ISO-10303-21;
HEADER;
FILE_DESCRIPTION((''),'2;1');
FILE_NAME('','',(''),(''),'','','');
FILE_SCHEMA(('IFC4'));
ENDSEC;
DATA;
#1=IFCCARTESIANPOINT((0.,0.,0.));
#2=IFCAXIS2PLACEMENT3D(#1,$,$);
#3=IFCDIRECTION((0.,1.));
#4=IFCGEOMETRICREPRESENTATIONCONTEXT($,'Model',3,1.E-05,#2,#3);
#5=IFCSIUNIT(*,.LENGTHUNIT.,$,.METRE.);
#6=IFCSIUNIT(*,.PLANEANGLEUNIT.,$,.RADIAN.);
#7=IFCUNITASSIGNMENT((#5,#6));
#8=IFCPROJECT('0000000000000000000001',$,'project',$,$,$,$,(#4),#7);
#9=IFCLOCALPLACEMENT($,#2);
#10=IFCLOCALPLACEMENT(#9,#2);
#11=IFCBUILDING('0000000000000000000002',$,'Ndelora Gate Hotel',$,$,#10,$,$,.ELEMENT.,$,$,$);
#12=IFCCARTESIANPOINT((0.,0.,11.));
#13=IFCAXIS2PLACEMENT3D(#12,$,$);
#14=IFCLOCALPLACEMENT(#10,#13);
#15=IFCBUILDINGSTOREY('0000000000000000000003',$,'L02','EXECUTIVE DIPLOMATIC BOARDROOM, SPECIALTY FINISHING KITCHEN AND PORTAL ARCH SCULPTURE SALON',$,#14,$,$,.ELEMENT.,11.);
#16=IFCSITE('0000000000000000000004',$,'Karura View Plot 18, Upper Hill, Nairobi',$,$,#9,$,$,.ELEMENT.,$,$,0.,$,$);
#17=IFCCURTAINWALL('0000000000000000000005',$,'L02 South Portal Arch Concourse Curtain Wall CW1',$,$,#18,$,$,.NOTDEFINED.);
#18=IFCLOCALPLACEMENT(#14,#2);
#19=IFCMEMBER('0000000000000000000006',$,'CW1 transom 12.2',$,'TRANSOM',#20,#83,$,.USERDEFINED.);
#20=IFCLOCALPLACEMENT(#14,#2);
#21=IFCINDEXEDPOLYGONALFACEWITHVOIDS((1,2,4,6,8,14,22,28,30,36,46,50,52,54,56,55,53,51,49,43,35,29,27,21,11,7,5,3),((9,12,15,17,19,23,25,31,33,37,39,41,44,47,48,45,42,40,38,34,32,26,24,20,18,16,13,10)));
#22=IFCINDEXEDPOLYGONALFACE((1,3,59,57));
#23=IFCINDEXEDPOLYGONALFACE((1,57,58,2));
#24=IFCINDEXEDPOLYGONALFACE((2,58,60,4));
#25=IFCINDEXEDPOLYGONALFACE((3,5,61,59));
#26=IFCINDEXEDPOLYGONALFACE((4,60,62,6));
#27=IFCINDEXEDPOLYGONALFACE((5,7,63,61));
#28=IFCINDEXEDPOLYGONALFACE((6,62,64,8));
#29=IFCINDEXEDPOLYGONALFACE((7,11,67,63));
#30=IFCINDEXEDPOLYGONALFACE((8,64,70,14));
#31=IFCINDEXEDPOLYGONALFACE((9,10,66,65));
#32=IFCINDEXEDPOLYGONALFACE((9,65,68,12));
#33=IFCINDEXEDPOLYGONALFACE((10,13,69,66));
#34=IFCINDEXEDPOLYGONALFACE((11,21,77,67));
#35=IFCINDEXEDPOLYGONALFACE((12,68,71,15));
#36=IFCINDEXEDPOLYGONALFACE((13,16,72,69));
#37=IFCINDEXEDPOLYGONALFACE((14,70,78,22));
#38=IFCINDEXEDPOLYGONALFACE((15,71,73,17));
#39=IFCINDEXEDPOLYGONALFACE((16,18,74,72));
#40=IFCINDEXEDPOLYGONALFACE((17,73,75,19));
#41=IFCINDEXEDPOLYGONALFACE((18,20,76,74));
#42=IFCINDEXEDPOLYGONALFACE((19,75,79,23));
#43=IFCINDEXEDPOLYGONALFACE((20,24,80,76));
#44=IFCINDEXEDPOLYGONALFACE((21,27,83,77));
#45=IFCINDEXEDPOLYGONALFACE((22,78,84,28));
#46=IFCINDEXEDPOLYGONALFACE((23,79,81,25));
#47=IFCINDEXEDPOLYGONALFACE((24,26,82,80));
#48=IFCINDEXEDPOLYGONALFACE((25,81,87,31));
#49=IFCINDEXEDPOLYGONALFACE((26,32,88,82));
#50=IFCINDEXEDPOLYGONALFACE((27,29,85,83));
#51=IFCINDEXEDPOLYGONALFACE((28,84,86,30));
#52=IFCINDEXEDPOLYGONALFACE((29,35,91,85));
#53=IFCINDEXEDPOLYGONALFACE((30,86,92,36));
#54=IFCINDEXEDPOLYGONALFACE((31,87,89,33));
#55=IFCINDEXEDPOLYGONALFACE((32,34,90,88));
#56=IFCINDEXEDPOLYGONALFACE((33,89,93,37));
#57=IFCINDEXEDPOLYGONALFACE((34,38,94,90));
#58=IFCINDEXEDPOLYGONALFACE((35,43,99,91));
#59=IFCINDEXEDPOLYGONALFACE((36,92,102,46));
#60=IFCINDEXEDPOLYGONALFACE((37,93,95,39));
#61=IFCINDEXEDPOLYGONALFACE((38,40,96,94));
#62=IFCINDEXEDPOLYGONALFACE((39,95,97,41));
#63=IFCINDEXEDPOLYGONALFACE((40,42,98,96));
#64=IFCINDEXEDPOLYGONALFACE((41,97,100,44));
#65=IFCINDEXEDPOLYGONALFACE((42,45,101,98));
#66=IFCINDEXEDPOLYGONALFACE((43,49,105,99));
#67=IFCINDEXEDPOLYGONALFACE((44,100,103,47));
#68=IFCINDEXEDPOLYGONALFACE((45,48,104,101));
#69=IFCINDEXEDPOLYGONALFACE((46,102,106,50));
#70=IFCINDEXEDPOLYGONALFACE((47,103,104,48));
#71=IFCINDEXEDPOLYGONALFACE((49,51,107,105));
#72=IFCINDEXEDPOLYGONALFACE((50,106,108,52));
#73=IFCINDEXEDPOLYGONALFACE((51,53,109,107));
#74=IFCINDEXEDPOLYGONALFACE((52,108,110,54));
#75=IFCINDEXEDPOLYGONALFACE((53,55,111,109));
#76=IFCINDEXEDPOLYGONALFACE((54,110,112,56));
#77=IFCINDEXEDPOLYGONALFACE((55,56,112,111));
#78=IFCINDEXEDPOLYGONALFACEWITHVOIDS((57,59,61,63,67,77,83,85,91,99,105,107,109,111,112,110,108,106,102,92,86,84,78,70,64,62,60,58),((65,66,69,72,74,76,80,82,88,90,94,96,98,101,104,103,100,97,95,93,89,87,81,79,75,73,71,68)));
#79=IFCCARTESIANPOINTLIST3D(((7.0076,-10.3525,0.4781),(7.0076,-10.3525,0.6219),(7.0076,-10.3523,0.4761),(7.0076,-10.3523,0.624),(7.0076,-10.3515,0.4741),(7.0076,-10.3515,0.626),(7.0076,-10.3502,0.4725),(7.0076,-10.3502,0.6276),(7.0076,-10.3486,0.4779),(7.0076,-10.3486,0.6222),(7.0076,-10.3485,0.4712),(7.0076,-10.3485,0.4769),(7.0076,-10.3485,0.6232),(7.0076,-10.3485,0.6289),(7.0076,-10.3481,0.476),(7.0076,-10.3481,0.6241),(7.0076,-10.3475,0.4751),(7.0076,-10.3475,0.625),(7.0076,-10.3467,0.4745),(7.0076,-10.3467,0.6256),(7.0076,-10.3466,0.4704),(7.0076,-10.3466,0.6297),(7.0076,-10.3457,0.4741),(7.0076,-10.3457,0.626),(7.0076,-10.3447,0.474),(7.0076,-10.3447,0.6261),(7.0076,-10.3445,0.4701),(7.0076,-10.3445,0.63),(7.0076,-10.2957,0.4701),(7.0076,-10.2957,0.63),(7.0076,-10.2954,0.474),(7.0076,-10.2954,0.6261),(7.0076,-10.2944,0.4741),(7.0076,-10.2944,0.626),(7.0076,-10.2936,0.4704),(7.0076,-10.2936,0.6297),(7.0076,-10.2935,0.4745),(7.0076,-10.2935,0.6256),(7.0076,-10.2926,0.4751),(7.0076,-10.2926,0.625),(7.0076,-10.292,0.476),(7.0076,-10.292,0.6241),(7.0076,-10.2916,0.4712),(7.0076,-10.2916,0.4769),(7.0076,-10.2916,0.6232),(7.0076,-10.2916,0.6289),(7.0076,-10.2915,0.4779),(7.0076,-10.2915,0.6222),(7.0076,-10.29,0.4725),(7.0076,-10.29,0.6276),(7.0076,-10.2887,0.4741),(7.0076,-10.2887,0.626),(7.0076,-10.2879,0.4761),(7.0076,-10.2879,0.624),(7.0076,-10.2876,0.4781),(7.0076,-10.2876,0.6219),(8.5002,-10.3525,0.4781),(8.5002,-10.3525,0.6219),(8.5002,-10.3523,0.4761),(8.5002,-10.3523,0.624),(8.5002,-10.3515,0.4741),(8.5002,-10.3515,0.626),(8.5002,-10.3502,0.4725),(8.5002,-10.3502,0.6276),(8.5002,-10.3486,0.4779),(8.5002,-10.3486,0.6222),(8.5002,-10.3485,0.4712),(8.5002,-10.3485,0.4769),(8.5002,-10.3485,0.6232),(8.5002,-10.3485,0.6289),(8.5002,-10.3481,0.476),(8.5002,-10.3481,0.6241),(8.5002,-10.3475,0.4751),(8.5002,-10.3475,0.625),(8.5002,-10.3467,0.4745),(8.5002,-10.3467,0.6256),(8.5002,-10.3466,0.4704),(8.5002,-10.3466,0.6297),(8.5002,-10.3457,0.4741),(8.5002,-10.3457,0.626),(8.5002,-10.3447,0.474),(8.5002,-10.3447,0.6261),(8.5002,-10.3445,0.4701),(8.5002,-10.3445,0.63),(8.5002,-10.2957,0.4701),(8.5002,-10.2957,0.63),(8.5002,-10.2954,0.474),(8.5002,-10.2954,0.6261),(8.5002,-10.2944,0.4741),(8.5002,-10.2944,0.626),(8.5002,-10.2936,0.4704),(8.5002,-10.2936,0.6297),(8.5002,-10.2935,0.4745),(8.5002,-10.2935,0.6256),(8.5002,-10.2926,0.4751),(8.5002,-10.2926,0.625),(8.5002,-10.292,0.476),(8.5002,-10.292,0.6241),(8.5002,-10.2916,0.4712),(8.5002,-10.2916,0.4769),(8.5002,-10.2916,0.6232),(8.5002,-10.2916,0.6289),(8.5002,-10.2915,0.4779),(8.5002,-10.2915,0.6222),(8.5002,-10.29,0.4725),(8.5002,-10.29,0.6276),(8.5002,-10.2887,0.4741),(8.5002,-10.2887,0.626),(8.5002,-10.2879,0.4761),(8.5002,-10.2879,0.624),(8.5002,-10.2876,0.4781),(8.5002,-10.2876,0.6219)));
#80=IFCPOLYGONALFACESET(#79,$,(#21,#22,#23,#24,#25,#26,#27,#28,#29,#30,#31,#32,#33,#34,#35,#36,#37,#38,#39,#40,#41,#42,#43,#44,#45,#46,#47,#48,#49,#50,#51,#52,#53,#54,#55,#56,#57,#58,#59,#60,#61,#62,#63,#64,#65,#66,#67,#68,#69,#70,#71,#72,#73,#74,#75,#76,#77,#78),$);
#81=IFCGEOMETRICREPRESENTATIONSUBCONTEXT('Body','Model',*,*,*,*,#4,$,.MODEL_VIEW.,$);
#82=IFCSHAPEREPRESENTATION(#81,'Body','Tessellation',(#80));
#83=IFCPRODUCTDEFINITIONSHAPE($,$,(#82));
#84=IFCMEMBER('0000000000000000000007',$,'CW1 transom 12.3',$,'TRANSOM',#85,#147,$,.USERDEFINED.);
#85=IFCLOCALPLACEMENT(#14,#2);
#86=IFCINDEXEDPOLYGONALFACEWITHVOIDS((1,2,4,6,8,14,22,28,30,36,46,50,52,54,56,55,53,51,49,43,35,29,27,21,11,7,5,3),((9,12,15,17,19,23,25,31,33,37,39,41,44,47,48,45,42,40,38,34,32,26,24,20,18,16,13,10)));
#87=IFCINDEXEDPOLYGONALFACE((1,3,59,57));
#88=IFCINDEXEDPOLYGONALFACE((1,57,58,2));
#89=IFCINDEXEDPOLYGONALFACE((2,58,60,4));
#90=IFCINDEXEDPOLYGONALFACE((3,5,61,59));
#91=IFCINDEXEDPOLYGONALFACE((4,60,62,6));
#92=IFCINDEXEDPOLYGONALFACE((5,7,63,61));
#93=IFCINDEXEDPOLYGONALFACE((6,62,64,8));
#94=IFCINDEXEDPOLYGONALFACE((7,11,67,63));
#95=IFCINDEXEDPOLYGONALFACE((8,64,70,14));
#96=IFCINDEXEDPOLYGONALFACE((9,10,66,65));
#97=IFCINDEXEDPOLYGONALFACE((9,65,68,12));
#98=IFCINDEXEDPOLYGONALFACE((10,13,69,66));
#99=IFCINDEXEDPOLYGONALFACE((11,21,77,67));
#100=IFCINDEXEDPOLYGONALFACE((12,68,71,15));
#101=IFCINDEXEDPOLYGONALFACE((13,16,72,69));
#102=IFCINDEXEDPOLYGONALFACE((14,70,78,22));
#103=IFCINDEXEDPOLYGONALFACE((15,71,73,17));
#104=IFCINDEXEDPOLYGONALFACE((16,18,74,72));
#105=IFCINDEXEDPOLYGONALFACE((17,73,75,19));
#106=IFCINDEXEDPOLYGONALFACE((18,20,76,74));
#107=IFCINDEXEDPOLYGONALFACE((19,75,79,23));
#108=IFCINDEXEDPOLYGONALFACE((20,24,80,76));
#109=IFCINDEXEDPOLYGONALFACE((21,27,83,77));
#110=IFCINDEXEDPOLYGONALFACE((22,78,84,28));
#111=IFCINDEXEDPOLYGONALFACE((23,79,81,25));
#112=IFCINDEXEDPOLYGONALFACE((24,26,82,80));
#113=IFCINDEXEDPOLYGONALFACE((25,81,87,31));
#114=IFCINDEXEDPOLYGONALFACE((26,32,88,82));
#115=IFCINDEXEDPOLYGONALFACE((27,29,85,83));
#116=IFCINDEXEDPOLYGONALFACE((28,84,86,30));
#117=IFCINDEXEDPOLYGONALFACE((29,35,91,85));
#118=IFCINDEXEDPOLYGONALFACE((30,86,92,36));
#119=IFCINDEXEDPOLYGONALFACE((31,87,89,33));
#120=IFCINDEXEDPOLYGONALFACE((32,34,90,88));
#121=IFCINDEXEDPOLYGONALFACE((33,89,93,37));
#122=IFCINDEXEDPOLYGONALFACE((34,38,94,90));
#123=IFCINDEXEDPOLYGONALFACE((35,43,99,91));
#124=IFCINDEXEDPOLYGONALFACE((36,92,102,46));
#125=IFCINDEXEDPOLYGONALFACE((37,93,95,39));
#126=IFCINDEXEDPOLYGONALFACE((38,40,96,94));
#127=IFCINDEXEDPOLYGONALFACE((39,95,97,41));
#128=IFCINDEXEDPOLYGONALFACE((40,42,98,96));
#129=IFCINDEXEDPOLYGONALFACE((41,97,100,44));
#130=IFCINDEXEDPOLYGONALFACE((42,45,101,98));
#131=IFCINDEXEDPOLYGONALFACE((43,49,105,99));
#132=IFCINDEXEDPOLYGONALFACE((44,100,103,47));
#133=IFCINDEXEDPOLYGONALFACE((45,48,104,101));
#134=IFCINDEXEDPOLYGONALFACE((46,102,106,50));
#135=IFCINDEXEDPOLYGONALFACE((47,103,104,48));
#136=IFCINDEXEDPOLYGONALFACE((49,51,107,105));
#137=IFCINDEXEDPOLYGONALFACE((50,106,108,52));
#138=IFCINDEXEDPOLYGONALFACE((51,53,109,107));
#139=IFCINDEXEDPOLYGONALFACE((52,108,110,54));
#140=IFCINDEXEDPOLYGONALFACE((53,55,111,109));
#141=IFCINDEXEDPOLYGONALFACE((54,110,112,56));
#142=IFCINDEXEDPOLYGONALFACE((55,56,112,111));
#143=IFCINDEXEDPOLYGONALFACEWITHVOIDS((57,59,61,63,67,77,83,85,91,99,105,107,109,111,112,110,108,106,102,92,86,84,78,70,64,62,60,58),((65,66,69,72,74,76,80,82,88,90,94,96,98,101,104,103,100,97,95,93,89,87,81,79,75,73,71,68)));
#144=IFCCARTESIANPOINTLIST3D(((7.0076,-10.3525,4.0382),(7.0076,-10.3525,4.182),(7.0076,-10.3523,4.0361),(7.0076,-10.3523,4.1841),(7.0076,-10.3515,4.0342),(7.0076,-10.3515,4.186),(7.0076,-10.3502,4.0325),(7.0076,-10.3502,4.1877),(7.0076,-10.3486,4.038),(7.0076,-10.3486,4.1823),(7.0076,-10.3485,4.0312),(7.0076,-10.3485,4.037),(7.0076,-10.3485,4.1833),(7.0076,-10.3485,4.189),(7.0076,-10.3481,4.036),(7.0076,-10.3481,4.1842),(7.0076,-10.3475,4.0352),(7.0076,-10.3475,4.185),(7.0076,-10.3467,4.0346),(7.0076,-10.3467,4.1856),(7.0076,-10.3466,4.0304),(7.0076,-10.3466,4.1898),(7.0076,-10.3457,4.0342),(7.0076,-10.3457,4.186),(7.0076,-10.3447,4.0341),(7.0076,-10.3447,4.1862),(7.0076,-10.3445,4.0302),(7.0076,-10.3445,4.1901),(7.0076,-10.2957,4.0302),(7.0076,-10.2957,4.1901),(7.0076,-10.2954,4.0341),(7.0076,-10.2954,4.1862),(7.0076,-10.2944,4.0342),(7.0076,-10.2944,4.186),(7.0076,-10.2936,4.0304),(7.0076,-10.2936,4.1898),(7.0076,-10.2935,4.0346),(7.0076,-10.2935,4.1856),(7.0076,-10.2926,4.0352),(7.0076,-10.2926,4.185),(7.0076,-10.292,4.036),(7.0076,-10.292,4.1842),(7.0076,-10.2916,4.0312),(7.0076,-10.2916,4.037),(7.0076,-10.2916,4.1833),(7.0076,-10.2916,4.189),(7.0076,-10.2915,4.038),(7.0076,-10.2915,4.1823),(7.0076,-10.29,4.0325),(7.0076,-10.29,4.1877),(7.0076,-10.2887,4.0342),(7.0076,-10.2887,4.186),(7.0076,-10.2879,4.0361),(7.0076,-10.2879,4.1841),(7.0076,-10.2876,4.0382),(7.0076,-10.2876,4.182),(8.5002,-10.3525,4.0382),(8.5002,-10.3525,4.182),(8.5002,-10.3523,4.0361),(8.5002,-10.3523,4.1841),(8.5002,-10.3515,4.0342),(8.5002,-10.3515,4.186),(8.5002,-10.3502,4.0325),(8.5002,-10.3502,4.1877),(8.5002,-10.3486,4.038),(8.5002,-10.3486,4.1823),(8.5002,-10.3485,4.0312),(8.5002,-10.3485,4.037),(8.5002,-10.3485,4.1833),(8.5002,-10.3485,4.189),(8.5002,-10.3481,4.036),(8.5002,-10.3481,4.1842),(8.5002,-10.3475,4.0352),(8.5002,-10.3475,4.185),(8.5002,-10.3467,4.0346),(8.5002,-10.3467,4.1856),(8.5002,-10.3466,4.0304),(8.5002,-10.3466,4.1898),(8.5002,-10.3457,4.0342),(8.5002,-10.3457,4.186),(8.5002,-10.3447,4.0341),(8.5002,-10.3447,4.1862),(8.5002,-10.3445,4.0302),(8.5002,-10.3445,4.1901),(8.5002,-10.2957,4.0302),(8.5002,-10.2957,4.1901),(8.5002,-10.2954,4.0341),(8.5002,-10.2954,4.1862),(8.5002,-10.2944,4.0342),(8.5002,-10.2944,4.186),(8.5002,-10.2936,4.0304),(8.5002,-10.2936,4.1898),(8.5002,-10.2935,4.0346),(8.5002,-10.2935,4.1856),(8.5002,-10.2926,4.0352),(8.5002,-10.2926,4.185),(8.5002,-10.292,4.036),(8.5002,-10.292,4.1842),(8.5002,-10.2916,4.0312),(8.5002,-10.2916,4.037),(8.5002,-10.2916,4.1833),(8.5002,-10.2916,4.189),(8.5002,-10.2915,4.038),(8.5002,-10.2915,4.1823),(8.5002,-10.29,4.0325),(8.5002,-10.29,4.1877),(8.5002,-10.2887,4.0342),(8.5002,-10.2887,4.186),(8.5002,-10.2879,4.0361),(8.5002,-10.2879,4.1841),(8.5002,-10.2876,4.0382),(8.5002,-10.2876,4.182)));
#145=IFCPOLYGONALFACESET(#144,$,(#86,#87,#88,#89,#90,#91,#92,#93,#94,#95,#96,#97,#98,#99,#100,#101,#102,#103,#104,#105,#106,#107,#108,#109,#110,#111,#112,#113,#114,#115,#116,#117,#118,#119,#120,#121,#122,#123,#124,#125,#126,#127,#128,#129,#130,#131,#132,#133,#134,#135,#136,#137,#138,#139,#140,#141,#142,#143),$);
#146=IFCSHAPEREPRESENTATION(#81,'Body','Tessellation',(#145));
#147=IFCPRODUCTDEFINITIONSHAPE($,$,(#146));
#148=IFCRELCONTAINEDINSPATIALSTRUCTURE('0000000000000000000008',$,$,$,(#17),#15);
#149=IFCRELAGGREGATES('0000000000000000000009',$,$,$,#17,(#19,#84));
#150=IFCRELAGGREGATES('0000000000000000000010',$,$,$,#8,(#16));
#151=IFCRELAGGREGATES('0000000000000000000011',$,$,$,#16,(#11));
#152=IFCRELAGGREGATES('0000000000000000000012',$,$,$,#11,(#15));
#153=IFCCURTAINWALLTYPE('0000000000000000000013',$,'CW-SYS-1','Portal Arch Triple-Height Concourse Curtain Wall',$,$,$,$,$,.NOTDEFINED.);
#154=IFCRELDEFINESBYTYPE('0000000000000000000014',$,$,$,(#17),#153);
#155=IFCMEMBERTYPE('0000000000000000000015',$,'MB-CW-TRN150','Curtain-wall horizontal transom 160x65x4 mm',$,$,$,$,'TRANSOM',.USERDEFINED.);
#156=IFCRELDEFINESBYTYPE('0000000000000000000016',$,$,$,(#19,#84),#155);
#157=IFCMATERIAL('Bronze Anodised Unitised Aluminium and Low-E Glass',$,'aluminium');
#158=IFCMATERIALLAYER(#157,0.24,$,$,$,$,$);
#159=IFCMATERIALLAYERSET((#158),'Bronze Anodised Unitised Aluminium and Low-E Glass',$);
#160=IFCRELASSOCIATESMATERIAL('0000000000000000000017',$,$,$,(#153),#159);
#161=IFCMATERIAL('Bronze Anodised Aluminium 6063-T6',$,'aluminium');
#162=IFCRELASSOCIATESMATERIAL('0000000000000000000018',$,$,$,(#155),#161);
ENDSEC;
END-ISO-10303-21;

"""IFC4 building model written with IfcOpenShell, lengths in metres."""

from ifc_helpers import new_model, si_unit, direction, frame, origin, origin_2d, place, context, subcontext, project, spatial, hollow_rectangle, extrude, material, layer, layer_set, material_profile, profile_set, type_object, element, aggregate, save


model = new_model("IFC4")

# Units and contexts
model_context = context("Model", 3, precision=1e-05, world=origin(), true_north=direction((0.0, 1.0)))
body_context = subcontext(model_context, "Body", "Model", "MODEL_VIEW")
ifc_project = project(units=[si_unit("LENGTHUNIT", "METRE"), si_unit("PLANEANGLEUNIT", "RADIAN")], contexts=[model_context])

# Site, building, storey
site_placement = place(None, origin())
site = spatial("IfcSite", under=ifc_project, at=site_placement, Name="Karura View Plot 18, Upper Hill, Nairobi", CompositionType="ELEMENT", RefElevation=0.0)
building_placement = place(site_placement, origin())
building = spatial("IfcBuilding", under=site, at=building_placement, Name="Ndelora Gate Hotel", CompositionType="ELEMENT")
storey_placement = place(building_placement, frame((0.0, 0.0, 11.0)))
storey = spatial("IfcBuildingStorey", under=building, at=storey_placement, Name="L02", Description="EXECUTIVE DIPLOMATIC BOARDROOM, SPECIALTY FINISHING KITCHEN AND PORTAL ARCH SCULPTURE SALON", CompositionType="ELEMENT", Elevation=11.0)

# Curtain wall, members
ifc_material_1 = material(Name="Bronze Anodised Unitised Aluminium and Low-E Glass", Category="aluminium")
ifc_layer_1 = layer(ifc_material_1, 0.24)
ifc_layer_set_1 = layer_set([ifc_layer_1], Name="Bronze Anodised Unitised Aluminium and Low-E Glass")
curtain_wall_type = type_object("IfcCurtainWallType", Name="CW-SYS-1", Description="Portal Arch Triple-Height Concourse Curtain Wall", PredefinedType="NOTDEFINED", material=ifc_layer_set_1)
curtain_wall_placement = place(storey_placement, origin())
curtain_wall = element("IfcCurtainWall", 1, at=curtain_wall_placement, inside=storey, type_object=curtain_wall_type, Name="L02 South Portal Arch Concourse Curtain Wall CW1", PredefinedType="NOTDEFINED")
ifc_material_2 = material(Name="Bronze Anodised Aluminium 6063-T6", Category="aluminium")
ifc_material_profile_1 = material_profile(ifc_material_2, hollow_rectangle(XDim=0.0649, YDim=0.1599, WallThickness=0.0039, InnerFilletRadius=0.0039, OuterFilletRadius=0.0081, at=origin_2d()), Name="ALU 160x65x4")
ifc_profile_set_1 = profile_set([ifc_material_profile_1], Name="Bronze Anodised Aluminium 6063-T6")
member_type_1 = type_object("IfcMemberType", Name="MB-CW-TRN150", Description="Curtain-wall horizontal transom 160x65x4 mm", ElementType="TRANSOM", PredefinedType="USERDEFINED", material=ifc_profile_set_1)
member_1_placement = place(storey_placement, frame((7.0076, -10.3201, 0.55), z_axis=(1.0, 0.0, 0.0), x_axis=(0.0, 1.0, 0.0)))
member_1 = element("IfcMember", 2, at=member_1_placement, type_object=member_type_1, Name="CW1 transom 12.2", ObjectType="TRANSOM", PredefinedType="USERDEFINED", context=body_context, shape_type="SweptSolid", body=[
    extrude(hollow_rectangle(XDim=0.0649, YDim=0.1599, WallThickness=0.0039, InnerFilletRadius=0.0039, OuterFilletRadius=0.0081, at=origin_2d()), origin(), (0.0, 0.0, 1.0), 1.4927),
])
member_2_placement = place(storey_placement, frame((7.0076, -10.3201, 4.1101), z_axis=(1.0, 0.0, 0.0), x_axis=(0.0, 1.0, 0.0)))
member_2 = element("IfcMember", 3, at=member_2_placement, type_object=member_type_1, Name="CW1 transom 12.3", ObjectType="TRANSOM", PredefinedType="USERDEFINED", context=body_context, shape_type="SweptSolid", body=[
    extrude(hollow_rectangle(XDim=0.0649, YDim=0.1599, WallThickness=0.0039, InnerFilletRadius=0.0039, OuterFilletRadius=0.0081, at=origin_2d()), origin(), (0.0, 0.0, 1.0), 1.4927),
])
aggregate(curtain_wall, [member_1, member_2])

save(model, "model.ifc")
